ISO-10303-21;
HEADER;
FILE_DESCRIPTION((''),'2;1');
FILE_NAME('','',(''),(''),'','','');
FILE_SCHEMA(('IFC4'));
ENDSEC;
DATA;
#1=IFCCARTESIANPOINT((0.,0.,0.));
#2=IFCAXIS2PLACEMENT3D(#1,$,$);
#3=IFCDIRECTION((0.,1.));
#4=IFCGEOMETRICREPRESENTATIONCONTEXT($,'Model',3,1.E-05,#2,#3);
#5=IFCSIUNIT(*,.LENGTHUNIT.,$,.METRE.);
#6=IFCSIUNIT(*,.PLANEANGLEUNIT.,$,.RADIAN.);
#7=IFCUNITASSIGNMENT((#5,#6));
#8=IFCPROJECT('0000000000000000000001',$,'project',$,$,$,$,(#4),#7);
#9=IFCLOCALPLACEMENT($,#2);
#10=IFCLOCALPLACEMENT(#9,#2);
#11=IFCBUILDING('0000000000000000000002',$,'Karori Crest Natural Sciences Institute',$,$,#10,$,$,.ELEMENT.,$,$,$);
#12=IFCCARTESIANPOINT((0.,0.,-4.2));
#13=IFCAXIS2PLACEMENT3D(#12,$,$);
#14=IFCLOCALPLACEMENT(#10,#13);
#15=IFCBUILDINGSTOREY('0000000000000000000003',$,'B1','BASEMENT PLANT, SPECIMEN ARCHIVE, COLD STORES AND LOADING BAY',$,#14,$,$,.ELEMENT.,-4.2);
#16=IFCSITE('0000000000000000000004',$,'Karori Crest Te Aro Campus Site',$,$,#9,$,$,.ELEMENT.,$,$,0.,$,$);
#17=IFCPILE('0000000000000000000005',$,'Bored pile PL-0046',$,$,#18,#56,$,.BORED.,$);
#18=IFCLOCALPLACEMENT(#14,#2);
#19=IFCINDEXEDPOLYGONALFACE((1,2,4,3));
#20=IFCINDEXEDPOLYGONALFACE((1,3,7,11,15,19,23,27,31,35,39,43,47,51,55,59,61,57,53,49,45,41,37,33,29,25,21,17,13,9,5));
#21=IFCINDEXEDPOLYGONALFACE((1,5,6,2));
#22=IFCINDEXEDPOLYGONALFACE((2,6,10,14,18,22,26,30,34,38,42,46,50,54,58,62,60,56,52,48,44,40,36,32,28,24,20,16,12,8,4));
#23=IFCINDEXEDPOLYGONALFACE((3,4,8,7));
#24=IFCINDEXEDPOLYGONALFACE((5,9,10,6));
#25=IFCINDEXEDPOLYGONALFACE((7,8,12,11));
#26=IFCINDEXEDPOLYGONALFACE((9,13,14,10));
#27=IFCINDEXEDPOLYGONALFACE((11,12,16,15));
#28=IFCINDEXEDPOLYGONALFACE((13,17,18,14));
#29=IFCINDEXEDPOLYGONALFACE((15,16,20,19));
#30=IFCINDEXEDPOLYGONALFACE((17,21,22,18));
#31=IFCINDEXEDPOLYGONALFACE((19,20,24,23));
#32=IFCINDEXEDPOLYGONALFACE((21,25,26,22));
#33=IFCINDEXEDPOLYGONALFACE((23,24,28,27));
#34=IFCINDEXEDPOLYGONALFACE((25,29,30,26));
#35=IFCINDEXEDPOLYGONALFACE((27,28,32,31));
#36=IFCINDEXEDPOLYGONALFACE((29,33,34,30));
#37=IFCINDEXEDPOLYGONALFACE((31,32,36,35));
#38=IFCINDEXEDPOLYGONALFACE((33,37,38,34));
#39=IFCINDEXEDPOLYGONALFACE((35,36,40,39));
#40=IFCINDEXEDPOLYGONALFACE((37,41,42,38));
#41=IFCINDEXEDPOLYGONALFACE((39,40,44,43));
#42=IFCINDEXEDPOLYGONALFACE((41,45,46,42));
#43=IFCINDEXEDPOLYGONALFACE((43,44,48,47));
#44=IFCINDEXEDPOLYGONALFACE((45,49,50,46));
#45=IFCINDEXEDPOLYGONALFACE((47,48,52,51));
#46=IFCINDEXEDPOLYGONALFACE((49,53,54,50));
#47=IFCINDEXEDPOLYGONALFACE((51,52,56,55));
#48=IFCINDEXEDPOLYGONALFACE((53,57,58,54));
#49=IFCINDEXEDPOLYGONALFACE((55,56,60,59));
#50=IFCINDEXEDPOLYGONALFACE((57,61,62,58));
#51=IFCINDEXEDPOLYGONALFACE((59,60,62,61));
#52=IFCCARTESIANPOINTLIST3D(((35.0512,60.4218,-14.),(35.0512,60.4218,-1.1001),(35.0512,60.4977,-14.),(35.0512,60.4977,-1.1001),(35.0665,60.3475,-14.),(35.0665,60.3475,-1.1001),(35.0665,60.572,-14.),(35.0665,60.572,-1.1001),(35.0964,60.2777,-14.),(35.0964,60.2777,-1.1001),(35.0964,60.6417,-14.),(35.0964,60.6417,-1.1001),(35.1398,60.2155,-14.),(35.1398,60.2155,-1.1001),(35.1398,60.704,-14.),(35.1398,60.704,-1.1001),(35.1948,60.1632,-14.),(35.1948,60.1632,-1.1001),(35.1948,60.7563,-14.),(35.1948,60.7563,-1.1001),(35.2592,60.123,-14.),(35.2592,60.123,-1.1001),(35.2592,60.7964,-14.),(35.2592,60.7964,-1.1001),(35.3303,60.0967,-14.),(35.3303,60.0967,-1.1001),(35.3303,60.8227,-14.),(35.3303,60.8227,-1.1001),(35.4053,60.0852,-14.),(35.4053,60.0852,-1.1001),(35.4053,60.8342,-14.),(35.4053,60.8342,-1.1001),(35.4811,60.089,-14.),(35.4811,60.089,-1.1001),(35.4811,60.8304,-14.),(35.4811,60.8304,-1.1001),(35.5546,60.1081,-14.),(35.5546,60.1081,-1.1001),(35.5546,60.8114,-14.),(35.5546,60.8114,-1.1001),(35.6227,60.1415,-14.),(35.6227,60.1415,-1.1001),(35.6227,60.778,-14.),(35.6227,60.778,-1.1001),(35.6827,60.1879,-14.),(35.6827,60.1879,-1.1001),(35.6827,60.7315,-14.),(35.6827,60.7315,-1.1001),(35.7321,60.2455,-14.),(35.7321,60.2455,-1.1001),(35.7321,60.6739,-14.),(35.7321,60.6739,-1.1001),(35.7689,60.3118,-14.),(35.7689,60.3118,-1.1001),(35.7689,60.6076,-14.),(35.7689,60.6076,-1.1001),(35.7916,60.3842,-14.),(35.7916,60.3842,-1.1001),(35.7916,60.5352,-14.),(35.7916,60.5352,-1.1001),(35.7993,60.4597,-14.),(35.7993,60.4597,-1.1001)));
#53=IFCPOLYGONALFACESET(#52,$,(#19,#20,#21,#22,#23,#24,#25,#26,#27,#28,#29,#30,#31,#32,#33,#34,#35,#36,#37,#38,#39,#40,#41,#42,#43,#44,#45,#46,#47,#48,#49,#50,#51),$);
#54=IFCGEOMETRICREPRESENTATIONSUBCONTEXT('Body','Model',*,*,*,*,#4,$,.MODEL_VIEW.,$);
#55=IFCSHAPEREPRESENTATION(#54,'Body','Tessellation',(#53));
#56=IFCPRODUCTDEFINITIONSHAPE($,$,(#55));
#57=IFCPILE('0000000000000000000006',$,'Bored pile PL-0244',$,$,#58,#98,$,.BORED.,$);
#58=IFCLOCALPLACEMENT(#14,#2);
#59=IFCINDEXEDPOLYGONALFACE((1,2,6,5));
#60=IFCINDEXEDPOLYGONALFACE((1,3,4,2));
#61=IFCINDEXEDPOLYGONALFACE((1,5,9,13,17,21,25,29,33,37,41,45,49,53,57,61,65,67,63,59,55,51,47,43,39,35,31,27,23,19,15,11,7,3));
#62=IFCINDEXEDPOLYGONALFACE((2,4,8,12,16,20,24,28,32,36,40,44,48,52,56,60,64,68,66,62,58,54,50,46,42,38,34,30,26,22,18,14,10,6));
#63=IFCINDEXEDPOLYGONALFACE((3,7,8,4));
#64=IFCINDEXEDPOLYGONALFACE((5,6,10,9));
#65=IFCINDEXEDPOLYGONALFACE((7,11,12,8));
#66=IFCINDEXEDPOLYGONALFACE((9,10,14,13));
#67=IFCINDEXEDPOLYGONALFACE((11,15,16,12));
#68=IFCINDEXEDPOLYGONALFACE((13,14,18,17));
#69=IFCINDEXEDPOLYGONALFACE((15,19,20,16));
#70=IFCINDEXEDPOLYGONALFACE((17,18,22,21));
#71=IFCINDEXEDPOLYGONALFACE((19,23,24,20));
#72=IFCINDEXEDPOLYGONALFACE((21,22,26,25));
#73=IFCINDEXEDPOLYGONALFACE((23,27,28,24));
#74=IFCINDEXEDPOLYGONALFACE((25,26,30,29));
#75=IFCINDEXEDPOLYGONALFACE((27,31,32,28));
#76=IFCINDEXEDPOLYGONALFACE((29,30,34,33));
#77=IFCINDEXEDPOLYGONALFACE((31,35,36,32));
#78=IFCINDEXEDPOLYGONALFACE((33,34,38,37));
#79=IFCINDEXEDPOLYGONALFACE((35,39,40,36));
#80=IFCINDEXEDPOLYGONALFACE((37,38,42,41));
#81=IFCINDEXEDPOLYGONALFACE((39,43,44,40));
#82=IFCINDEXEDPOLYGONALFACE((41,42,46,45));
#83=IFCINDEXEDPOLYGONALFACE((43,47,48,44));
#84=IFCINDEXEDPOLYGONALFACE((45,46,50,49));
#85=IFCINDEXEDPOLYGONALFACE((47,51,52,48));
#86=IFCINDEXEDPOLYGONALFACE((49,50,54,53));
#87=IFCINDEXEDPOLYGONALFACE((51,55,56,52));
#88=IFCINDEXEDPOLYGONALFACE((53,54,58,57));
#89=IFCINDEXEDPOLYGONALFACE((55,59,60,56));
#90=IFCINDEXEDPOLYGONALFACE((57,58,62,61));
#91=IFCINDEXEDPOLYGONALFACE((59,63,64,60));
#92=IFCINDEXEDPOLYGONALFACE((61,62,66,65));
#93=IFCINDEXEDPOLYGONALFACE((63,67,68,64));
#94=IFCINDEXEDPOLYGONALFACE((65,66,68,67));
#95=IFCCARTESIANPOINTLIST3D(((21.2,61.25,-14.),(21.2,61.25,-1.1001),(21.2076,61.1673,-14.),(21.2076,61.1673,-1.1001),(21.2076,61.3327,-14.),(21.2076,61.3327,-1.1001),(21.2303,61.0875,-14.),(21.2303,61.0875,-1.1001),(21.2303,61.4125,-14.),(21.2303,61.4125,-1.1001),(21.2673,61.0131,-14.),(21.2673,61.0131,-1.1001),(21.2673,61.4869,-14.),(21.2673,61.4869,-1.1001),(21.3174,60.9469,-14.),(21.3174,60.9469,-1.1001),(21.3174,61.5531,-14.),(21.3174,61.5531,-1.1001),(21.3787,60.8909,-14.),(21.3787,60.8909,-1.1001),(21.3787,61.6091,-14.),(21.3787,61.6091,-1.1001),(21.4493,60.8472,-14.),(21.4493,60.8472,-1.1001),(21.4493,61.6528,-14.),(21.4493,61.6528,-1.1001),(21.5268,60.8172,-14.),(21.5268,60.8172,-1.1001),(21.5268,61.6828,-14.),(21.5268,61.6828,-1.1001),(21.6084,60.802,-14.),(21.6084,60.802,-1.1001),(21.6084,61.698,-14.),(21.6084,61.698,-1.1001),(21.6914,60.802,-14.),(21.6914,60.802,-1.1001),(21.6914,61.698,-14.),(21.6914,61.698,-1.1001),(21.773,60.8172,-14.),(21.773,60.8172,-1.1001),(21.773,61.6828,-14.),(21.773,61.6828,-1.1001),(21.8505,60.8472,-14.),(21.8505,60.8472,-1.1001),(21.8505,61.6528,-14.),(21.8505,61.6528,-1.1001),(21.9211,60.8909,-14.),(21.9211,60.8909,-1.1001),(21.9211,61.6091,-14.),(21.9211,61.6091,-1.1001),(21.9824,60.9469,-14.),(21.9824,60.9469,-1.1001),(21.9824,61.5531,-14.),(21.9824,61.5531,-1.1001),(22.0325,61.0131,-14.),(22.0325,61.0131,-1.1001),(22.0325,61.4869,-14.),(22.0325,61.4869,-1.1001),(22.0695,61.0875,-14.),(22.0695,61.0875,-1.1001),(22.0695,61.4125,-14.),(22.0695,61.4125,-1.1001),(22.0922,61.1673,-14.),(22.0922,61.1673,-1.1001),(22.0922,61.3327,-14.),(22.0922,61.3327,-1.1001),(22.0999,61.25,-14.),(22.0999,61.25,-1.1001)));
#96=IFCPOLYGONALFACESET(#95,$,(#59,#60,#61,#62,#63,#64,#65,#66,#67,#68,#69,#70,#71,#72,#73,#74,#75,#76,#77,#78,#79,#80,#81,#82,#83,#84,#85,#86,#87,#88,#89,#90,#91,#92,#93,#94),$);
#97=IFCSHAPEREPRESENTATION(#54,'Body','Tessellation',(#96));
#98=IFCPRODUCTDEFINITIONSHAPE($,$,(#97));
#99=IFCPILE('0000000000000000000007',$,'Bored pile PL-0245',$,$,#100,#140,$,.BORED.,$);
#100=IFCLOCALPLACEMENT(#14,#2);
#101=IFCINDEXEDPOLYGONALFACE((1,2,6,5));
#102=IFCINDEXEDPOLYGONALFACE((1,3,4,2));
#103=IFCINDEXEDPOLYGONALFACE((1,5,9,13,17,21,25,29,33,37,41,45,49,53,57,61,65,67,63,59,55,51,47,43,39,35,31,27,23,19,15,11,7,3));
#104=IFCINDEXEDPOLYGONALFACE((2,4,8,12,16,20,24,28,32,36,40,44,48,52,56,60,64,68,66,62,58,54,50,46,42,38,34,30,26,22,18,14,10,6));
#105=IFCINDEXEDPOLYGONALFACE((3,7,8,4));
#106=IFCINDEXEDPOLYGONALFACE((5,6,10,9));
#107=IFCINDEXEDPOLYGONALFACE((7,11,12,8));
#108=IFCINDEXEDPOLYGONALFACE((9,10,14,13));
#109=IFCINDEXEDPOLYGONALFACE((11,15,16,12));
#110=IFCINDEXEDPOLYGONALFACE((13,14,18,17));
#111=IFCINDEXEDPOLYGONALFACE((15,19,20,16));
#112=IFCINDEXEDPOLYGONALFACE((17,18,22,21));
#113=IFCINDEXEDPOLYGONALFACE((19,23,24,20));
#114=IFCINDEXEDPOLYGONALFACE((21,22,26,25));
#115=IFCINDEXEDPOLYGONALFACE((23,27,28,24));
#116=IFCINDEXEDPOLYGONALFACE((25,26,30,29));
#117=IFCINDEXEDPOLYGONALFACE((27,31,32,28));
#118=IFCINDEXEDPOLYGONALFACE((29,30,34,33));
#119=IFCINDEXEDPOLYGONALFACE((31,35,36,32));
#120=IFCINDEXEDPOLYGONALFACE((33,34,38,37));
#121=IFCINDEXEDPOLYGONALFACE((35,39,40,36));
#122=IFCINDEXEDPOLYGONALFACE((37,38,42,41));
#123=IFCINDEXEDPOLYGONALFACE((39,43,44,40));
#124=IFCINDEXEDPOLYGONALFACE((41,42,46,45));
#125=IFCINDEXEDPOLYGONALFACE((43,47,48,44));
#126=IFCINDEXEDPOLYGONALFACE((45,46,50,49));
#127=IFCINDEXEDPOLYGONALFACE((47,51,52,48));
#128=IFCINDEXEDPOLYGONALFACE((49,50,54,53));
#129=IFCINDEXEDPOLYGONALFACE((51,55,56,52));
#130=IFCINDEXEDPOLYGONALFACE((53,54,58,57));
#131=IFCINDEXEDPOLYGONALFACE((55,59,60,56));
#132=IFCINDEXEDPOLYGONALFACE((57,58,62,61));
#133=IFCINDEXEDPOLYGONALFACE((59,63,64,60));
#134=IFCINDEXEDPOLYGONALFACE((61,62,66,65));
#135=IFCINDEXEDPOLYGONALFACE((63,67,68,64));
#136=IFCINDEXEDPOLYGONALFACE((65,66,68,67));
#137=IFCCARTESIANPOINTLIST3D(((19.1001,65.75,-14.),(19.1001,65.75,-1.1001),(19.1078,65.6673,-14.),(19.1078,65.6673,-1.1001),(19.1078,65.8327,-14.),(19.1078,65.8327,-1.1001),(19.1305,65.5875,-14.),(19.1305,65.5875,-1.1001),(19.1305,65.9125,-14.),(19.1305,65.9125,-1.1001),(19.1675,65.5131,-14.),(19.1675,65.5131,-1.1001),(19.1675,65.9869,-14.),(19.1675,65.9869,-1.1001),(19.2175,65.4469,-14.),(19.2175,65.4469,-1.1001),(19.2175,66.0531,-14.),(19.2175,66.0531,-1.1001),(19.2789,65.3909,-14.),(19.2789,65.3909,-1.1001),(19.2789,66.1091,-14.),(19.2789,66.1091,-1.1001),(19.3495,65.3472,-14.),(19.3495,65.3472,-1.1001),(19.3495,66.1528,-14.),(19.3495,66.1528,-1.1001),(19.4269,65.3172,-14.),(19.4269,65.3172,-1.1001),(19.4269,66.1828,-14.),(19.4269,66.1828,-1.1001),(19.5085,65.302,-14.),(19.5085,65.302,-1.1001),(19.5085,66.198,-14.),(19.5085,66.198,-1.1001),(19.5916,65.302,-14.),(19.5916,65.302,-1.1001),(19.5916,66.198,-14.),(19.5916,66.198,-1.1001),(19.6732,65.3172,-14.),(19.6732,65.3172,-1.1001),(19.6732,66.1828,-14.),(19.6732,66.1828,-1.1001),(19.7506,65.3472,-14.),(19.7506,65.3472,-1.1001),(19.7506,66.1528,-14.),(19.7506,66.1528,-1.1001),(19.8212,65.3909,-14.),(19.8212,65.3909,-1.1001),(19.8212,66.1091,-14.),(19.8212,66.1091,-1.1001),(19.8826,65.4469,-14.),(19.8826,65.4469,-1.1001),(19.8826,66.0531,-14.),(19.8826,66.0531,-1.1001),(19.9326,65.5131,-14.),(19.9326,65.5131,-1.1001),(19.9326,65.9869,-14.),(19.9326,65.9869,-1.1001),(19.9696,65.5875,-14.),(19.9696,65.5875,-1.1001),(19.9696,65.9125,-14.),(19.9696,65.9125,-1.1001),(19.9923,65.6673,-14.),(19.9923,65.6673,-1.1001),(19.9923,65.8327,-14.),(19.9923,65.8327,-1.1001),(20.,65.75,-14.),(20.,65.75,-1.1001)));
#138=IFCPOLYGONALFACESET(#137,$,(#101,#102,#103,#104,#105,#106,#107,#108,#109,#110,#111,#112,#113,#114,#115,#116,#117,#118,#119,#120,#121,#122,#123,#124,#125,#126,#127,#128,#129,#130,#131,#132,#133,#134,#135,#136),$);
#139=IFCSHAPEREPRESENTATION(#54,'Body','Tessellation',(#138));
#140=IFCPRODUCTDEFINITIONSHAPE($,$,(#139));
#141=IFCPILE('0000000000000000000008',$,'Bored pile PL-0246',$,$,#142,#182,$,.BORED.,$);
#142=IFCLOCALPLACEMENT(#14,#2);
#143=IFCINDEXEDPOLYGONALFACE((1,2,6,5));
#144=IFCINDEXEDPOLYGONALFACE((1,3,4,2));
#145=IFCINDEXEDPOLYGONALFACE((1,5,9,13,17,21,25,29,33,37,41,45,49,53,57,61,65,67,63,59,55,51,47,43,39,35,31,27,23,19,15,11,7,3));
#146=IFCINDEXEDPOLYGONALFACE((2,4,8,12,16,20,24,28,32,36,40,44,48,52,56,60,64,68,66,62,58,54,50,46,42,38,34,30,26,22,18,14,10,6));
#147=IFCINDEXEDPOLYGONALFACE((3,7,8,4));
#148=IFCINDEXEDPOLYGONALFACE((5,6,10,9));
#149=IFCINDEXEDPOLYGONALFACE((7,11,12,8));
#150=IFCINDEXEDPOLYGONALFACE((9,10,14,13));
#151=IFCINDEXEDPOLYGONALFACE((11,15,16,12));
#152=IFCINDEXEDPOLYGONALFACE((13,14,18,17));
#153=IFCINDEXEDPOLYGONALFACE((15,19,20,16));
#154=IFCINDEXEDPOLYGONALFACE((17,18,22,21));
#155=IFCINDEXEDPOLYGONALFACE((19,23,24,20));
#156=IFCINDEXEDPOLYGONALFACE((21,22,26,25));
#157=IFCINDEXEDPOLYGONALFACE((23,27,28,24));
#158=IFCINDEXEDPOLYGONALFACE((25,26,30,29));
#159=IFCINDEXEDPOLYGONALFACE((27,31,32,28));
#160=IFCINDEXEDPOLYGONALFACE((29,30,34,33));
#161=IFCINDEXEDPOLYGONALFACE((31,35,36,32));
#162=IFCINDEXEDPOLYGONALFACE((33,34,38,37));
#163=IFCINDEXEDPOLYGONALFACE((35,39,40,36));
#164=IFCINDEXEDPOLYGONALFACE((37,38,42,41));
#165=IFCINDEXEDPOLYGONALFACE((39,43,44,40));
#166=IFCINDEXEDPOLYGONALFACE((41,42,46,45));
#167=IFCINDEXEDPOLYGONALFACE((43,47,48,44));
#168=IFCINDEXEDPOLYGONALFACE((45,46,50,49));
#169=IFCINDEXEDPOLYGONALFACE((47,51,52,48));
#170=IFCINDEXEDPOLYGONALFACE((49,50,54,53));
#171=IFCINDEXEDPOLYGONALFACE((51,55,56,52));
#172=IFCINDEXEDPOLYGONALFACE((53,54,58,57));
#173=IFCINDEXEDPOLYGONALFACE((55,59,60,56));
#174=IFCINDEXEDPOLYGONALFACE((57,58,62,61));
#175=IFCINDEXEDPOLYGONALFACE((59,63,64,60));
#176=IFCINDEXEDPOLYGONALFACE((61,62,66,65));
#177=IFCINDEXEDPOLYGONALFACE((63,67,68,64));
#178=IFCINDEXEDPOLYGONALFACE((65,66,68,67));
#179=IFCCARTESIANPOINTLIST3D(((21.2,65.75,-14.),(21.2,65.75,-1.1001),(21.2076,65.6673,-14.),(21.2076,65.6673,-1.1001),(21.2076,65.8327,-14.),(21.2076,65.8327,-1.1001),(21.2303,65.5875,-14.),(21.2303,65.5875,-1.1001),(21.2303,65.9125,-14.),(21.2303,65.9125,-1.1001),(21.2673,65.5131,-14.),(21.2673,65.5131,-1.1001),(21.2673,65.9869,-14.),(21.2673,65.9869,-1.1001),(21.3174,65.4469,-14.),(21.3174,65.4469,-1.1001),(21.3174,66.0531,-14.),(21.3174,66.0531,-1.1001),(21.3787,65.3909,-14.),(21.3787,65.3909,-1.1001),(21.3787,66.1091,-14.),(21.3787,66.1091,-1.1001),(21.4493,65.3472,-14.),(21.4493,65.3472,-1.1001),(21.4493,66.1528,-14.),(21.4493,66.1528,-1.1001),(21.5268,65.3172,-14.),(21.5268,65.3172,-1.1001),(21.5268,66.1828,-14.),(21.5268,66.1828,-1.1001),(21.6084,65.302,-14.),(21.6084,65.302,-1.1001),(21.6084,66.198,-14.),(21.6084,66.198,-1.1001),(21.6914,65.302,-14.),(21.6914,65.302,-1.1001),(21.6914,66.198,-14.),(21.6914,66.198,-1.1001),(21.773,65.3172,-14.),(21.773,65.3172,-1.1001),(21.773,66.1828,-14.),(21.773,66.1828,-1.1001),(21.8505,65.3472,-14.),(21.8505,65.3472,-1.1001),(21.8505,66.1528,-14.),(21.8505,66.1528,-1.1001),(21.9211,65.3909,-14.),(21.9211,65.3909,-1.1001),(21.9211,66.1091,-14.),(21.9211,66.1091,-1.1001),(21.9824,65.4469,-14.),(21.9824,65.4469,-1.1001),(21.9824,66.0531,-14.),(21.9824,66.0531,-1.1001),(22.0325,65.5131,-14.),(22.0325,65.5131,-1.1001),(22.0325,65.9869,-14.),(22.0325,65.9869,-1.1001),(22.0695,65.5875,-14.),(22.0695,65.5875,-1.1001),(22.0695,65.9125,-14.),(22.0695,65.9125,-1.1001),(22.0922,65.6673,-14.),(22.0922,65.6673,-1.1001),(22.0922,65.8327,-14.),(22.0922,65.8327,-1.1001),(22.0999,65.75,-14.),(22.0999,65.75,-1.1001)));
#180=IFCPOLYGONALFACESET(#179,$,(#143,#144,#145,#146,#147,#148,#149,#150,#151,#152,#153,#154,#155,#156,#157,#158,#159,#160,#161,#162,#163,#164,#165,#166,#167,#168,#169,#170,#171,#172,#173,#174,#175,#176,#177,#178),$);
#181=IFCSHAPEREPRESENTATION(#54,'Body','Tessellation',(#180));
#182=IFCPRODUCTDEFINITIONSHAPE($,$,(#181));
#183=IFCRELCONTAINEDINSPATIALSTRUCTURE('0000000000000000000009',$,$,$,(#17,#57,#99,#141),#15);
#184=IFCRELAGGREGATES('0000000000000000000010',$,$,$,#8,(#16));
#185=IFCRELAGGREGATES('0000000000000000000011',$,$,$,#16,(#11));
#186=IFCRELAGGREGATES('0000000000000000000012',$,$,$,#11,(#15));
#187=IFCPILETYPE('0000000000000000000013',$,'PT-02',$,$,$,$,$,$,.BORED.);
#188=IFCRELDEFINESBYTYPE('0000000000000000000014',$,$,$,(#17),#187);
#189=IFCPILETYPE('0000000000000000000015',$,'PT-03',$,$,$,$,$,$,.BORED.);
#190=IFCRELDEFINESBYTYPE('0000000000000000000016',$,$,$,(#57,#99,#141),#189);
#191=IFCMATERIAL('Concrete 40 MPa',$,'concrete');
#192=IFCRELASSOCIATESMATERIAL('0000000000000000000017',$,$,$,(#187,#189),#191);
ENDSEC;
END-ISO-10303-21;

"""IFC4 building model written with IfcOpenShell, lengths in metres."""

from ifc_helpers import new_model, si_unit, direction, frame, origin, origin_2d, place, context, subcontext, project, spatial, circle, extrude, material, material_profile, profile_set, type_object, element, save


model = new_model("IFC4")

# Units and contexts
model_context = context("Model", 3, precision=1e-05, world=origin(), true_north=direction((0.0, 1.0)))
body_context = subcontext(model_context, "Body", "Model", "MODEL_VIEW")
ifc_project = project(units=[si_unit("LENGTHUNIT", "METRE"), si_unit("PLANEANGLEUNIT", "RADIAN")], contexts=[model_context])

# Site, building, storey
site_placement = place(None, origin())
site = spatial("IfcSite", under=ifc_project, at=site_placement, Name="Karori Crest Te Aro Campus Site", CompositionType="ELEMENT", RefElevation=0.0)
building_placement = place(site_placement, origin())
building = spatial("IfcBuilding", under=site, at=building_placement, Name="Karori Crest Natural Sciences Institute", CompositionType="ELEMENT")
storey_placement = place(building_placement, frame((0.0, 0.0, -4.2)))
storey = spatial("IfcBuildingStorey", under=building, at=storey_placement, Name="B1", Description="BASEMENT PLANT, SPECIMEN ARCHIVE, COLD STORES AND LOADING BAY", CompositionType="ELEMENT", Elevation=-4.2)

# Shared definitions
ifc_material_1 = material(Name="Concrete 40 MPa", Category="concrete")

# Piles
ifc_material_profile_1 = material_profile(ifc_material_1, circle(Radius=0.375, at=origin_2d()), Name="PILE750")
ifc_profile_set_1 = profile_set([ifc_material_profile_1], Name="Concrete 40 MPa")
pile_type_1 = type_object("IfcPileType", Name="PT-02", PredefinedType="BORED", material=ifc_profile_set_1)
for number, where, z_axis, x_axis, name in (
    (1, (35.4243, 60.4597, -1.1001), (0.0, 0.0, -1.0), (1.0, 0.0, 0.0), "Bored pile PL-0046"),
):
    element("IfcPile", number, at=place(storey_placement, frame(where, z_axis=z_axis, x_axis=x_axis)), inside=storey, type_object=pile_type_1, Name=name, PredefinedType="BORED", context=body_context, shape_type="SweptSolid", body=[
        extrude(circle(Radius=0.375, at=origin_2d()), origin(), (0.0, 0.0, 1.0), 12.8999),
    ])
ifc_material_profile_2 = material_profile(ifc_material_1, circle(Radius=0.45, at=origin_2d()), Name="PILE900")
ifc_profile_set_2 = profile_set([ifc_material_profile_2], Name="Concrete 40 MPa")
pile_type_2 = type_object("IfcPileType", Name="PT-03", PredefinedType="BORED", material=ifc_profile_set_2)
for number, where, z_axis, x_axis, name in (
    (2, (21.6499, 61.25, -1.1001), (0.0, 0.0, -1.0), (1.0, 0.0, 0.0), "Bored pile PL-0244"),
    (3, (19.55, 65.75, -1.1001), (0.0, 0.0, -1.0), (1.0, 0.0, 0.0), "Bored pile PL-0245"),
    (4, (21.6499, 65.75, -1.1001), (0.0, 0.0, -1.0), (1.0, 0.0, 0.0), "Bored pile PL-0246"),
):
    element("IfcPile", number, at=place(storey_placement, frame(where, z_axis=z_axis, x_axis=x_axis)), inside=storey, type_object=pile_type_2, Name=name, PredefinedType="BORED", context=body_context, shape_type="SweptSolid", body=[
        extrude(circle(Radius=0.45, at=origin_2d()), origin(), (0.0, 0.0, 1.0), 12.8999),
    ])

save(model, "model.ifc")
